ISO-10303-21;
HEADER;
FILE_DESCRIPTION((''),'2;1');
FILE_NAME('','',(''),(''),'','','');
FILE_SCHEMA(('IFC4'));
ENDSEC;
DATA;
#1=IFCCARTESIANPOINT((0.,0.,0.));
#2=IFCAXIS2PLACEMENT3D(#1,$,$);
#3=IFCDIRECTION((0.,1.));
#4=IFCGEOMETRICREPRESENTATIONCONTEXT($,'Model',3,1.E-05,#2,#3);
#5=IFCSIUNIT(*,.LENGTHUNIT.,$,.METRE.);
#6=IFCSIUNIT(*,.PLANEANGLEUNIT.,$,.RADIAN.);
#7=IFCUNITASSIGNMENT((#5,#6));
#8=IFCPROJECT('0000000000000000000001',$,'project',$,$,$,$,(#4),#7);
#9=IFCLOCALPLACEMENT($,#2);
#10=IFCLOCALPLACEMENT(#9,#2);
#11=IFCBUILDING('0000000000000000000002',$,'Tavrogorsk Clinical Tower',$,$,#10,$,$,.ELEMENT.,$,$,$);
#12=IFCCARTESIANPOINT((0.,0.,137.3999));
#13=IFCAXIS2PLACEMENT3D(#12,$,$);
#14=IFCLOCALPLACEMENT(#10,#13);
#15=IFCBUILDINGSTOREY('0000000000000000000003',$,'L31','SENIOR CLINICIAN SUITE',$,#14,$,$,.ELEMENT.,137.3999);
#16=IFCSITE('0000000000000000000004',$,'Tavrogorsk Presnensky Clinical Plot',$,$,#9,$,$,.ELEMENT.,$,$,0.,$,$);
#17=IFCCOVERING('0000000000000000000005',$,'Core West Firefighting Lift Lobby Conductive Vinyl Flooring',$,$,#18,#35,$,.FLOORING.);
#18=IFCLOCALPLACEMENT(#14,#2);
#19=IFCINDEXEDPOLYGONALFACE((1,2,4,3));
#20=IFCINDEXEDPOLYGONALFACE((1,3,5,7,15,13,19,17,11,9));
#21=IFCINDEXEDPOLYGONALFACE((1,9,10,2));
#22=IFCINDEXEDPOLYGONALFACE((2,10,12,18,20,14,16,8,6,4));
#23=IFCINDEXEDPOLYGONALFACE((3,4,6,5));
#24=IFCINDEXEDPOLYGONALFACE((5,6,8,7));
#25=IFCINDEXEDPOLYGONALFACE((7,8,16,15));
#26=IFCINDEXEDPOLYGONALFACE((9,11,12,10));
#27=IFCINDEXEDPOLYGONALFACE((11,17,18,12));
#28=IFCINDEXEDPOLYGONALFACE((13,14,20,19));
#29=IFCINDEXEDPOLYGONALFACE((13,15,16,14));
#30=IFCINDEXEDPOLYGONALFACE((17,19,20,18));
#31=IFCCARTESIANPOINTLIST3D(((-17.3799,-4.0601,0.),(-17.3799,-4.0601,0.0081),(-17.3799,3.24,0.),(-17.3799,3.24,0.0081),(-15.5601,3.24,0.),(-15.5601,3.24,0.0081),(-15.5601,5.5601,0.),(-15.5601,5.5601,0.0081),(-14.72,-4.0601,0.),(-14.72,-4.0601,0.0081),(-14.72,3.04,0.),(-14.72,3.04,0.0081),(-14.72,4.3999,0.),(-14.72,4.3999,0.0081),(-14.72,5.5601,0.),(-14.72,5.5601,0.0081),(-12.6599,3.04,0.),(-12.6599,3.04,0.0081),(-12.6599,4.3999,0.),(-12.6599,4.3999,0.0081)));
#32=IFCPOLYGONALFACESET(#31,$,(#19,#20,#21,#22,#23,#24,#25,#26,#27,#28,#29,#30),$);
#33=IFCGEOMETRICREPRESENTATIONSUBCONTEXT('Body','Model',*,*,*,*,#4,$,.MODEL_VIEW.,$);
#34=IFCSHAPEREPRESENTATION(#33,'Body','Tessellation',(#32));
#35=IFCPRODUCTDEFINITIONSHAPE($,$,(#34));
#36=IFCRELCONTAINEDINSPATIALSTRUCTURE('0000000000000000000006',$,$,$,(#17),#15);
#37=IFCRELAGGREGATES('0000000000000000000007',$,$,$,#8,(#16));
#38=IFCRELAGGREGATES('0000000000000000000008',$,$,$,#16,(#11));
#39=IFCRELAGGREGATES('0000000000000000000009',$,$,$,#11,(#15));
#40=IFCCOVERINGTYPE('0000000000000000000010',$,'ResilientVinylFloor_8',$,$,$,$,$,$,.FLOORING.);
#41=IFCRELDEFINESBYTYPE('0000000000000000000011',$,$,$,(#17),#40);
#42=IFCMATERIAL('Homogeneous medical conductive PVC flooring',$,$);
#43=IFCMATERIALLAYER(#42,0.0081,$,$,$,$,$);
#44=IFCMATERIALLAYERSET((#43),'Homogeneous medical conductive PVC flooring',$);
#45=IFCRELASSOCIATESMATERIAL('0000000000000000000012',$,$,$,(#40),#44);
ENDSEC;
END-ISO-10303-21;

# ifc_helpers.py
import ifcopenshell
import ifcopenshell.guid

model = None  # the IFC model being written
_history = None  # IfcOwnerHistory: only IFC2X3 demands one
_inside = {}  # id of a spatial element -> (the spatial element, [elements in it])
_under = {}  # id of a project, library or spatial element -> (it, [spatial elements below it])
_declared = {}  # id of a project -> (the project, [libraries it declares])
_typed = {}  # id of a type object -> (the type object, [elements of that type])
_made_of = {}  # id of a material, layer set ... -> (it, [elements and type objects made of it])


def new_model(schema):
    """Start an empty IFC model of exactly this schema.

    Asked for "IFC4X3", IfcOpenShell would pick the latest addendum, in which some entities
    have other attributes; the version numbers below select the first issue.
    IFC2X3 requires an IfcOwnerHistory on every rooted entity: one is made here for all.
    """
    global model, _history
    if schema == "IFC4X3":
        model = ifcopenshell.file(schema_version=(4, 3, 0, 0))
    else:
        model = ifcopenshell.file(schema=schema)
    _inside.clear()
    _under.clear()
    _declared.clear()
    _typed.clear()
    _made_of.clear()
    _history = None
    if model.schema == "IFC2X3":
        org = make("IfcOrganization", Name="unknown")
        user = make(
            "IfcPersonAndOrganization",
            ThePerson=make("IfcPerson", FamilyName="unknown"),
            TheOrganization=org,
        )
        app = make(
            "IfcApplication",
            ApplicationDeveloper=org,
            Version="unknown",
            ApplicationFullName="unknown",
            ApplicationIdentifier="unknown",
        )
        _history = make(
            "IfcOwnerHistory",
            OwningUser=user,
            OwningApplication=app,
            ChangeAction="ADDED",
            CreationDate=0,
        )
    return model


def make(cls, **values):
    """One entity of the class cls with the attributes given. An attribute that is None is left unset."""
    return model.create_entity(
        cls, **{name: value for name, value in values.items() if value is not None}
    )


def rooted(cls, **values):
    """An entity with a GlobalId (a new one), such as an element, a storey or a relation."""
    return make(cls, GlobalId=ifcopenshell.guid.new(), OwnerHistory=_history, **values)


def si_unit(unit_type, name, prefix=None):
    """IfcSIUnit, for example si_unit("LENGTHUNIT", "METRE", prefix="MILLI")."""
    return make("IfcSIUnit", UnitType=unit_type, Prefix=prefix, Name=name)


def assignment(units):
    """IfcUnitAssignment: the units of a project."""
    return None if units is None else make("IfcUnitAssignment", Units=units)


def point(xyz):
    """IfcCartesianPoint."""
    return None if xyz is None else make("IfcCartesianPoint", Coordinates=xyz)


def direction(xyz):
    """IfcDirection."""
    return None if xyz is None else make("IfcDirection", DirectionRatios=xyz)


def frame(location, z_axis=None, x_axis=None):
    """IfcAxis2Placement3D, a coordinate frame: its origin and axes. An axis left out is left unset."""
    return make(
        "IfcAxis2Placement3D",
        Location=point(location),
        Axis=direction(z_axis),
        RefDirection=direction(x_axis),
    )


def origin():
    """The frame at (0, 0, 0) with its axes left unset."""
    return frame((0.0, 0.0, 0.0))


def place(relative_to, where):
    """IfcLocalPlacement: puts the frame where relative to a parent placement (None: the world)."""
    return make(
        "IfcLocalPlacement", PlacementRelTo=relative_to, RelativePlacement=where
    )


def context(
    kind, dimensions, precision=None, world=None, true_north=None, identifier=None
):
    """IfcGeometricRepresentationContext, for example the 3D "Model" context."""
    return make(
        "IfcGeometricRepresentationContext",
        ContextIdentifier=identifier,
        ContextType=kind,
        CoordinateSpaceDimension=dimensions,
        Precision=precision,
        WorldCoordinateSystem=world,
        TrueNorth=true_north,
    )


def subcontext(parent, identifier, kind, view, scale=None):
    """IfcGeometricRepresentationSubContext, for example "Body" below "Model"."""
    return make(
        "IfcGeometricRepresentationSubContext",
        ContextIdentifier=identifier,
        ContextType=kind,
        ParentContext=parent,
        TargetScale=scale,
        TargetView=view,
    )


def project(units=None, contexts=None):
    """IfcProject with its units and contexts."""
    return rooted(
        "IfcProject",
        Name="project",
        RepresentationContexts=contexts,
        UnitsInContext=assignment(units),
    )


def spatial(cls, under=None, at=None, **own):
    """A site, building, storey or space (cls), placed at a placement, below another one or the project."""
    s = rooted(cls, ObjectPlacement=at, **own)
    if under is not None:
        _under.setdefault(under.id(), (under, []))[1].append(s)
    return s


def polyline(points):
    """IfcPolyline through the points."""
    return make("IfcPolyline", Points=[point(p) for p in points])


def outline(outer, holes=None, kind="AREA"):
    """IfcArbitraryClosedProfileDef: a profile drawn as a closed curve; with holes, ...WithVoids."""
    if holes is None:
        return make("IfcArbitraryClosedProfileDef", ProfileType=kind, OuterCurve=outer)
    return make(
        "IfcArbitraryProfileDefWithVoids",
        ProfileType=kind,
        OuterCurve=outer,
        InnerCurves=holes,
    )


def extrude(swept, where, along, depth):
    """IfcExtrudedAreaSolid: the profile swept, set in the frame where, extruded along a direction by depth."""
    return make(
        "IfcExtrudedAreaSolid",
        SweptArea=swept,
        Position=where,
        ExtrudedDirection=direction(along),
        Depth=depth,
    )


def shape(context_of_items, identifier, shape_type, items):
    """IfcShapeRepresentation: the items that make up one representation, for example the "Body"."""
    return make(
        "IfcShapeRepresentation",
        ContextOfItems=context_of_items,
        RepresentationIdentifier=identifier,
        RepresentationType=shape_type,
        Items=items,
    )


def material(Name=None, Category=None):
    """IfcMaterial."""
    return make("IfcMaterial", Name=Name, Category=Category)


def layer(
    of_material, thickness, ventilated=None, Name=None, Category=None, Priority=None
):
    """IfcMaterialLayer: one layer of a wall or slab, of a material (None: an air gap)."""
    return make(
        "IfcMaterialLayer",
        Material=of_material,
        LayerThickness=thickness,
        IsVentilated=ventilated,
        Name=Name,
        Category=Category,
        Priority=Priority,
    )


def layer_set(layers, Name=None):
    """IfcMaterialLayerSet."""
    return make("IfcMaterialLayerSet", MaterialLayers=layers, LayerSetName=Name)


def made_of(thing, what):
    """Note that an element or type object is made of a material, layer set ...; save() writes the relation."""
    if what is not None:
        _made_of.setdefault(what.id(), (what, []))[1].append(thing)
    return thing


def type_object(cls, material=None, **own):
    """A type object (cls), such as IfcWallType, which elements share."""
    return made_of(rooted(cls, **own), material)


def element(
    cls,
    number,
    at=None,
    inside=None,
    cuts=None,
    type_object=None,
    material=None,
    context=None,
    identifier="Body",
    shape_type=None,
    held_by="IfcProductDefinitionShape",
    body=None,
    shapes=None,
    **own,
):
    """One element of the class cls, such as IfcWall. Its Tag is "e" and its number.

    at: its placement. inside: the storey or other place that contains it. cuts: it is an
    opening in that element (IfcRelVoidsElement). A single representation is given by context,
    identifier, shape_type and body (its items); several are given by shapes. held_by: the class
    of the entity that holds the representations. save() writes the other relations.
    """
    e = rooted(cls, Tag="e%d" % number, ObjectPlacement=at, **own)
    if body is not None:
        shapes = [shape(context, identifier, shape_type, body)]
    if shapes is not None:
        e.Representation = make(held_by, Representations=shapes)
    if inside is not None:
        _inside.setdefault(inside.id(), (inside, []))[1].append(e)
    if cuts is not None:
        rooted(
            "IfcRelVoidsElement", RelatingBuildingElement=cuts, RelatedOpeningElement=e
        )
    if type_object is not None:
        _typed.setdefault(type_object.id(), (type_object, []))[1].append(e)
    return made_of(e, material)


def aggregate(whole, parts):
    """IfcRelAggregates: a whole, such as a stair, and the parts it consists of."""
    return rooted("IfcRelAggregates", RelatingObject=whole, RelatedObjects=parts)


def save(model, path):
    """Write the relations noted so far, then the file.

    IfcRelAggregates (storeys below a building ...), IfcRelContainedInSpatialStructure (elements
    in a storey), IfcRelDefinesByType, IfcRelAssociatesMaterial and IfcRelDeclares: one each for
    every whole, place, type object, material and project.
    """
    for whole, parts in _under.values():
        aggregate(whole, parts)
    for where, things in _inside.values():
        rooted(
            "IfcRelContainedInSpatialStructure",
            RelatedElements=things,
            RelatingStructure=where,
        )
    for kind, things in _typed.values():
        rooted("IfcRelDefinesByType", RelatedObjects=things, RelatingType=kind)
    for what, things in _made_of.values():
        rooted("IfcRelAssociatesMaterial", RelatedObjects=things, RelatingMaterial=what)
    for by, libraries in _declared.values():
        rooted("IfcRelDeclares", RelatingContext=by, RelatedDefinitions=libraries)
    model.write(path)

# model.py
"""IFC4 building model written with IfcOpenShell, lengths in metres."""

from ifc_helpers import new_model, si_unit, direction, frame, origin, place, context, subcontext, project, spatial, polyline, outline, extrude, material, layer, layer_set, type_object, element, save


model = new_model("IFC4")

# Units and contexts
model_context = context("Model", 3, precision=1e-05, world=origin(), true_north=direction((0.0, 1.0)))
body_context = subcontext(model_context, "Body", "Model", "MODEL_VIEW")
ifc_project = project(units=[si_unit("LENGTHUNIT", "METRE"), si_unit("PLANEANGLEUNIT", "RADIAN")], contexts=[model_context])

# Site, building, storey
site_placement = place(None, origin())
site = spatial("IfcSite", under=ifc_project, at=site_placement, Name="Tavrogorsk Presnensky Clinical Plot", CompositionType="ELEMENT", RefElevation=0.0)
building_placement = place(site_placement, origin())
building = spatial("IfcBuilding", under=site, at=building_placement, Name="Tavrogorsk Clinical Tower", CompositionType="ELEMENT")
storey_placement = place(building_placement, frame((0.0, 0.0, 137.3999)))
storey = spatial("IfcBuildingStorey", under=building, at=storey_placement, Name="L31", Description="SENIOR CLINICIAN SUITE", CompositionType="ELEMENT", Elevation=137.3999)

# Covering
ifc_material_1 = material(Name="Homogeneous medical conductive PVC flooring")
ifc_layer_1 = layer(ifc_material_1, 0.0081)
ifc_layer_set_1 = layer_set([ifc_layer_1], Name="Homogeneous medical conductive PVC flooring")
covering_type_1 = type_object("IfcCoveringType", Name="ResilientVinylFloor_8", PredefinedType="FLOORING", material=ifc_layer_set_1)
covering_1_placement = place(storey_placement, origin())
element("IfcCovering", 1, at=covering_1_placement, inside=storey, type_object=covering_type_1, Name="Core West Firefighting Lift Lobby Conductive Vinyl Flooring", PredefinedType="FLOORING", context=body_context, shape_type="SweptSolid", body=[
    extrude(outline(polyline([(-17.3799, -4.0601), (-17.3799, 3.24), (-15.5601, 3.24), (-15.5601, 5.5601), (-14.72, 5.5601), (-14.72, 4.3999), (-12.6599, 4.3999), (-12.6599, 3.04), (-14.72, 3.04), (-14.72, -4.0601), (-17.3799, -4.0601)])), origin(), (0.0, 0.0, 1.0), 0.0081),
])

save(model, "model.ifc")
